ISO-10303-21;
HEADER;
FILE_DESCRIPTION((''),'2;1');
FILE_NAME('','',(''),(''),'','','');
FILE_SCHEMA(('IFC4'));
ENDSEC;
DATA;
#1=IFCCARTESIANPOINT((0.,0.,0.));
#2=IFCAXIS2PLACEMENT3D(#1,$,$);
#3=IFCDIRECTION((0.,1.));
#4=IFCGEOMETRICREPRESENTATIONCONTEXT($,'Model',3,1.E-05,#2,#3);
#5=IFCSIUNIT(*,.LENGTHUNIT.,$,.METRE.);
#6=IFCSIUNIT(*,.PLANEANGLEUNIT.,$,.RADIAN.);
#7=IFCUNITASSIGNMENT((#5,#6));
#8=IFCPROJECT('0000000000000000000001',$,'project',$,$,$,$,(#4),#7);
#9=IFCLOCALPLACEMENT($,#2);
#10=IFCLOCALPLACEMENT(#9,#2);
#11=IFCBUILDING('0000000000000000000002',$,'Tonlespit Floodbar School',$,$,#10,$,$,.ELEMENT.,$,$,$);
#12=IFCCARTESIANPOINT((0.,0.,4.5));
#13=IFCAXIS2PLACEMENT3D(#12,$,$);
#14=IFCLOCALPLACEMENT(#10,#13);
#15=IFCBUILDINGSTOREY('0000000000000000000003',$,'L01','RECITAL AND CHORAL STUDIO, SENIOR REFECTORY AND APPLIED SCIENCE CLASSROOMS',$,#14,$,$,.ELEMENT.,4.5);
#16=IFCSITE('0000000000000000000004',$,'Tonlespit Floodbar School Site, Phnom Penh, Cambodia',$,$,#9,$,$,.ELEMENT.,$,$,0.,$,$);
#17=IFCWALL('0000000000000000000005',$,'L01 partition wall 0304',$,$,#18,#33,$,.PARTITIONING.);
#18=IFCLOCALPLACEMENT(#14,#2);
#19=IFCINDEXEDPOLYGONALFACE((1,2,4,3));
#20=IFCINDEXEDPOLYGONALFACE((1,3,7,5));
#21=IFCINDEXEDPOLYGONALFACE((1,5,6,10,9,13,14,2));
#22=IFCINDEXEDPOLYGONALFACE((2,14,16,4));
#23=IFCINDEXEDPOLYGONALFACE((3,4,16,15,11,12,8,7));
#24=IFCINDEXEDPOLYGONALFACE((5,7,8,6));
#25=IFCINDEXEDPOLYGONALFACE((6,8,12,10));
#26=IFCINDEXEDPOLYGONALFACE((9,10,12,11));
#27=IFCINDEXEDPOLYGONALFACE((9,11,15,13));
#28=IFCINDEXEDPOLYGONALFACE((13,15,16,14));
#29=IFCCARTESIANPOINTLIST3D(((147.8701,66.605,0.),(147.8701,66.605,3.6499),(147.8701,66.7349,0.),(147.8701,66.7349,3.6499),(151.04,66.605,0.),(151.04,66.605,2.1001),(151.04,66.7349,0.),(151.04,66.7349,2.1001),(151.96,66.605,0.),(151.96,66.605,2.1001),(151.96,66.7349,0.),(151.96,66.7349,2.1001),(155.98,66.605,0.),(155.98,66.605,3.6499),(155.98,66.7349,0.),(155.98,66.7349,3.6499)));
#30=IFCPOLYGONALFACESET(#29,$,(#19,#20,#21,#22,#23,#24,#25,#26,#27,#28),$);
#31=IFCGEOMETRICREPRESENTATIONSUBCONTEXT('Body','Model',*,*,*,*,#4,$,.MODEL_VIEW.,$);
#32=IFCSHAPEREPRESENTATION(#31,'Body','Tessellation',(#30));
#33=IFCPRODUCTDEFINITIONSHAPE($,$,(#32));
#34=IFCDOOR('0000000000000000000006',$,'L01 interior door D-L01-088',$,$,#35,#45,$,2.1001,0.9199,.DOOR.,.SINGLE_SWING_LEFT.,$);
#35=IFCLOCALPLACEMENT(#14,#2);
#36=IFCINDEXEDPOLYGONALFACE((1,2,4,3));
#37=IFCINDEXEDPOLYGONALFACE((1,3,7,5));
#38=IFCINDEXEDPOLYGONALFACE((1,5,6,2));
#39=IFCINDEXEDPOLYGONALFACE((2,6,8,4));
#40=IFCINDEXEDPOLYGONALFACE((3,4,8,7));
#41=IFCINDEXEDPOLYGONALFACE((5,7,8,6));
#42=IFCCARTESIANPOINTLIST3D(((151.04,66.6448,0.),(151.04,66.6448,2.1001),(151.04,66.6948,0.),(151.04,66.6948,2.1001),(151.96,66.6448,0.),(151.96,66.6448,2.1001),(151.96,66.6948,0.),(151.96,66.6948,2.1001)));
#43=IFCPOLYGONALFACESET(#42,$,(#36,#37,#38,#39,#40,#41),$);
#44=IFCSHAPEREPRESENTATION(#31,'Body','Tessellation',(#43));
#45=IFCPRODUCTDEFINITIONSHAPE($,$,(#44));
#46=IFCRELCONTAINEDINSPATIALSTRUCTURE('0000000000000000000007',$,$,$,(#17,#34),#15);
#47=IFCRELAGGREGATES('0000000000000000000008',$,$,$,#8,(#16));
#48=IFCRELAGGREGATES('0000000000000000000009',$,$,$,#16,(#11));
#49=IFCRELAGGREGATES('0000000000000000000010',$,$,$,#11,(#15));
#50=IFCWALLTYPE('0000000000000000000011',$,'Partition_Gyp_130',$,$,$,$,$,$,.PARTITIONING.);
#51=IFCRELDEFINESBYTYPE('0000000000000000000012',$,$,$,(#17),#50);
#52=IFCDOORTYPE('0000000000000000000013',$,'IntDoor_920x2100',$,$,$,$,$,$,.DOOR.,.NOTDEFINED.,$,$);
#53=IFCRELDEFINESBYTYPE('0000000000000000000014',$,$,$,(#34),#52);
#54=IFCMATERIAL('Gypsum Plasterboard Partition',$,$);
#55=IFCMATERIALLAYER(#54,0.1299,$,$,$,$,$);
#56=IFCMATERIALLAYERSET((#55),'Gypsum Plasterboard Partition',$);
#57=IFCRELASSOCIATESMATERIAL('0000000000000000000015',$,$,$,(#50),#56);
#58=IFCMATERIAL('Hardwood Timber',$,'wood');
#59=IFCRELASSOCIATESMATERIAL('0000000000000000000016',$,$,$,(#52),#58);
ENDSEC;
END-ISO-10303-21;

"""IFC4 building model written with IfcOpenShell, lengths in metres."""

from ifc_helpers import new_model, si_unit, direction, frame, frame_2d, origin, place, context, subcontext, project, spatial, rectangle, extrude, material, layer, layer_set, type_object, element, fill, save


model = new_model("IFC4")

# Units and contexts
model_context = context("Model", 3, precision=1e-05, world=origin(), true_north=direction((0.0, 1.0)))
body_context = subcontext(model_context, "Body", "Model", "MODEL_VIEW")
ifc_project = project(units=[si_unit("LENGTHUNIT", "METRE"), si_unit("PLANEANGLEUNIT", "RADIAN")], contexts=[model_context])

# Site, building, storey
site_placement = place(None, origin())
site = spatial("IfcSite", under=ifc_project, at=site_placement, Name="Tonlespit Floodbar School Site, Phnom Penh, Cambodia", CompositionType="ELEMENT", RefElevation=0.0)
building_placement = place(site_placement, origin())
building = spatial("IfcBuilding", under=site, at=building_placement, Name="Tonlespit Floodbar School", CompositionType="ELEMENT")
storey_placement = place(building_placement, frame((0.0, 0.0, 4.5)))
storey = spatial("IfcBuildingStorey", under=building, at=storey_placement, Name="L01", Description="RECITAL AND CHORAL STUDIO, SENIOR REFECTORY AND APPLIED SCIENCE CLASSROOMS", CompositionType="ELEMENT", Elevation=4.5)

# Shared definitions
ifc_material_1 = material(Name="Gypsum Plasterboard Partition")

# Shared definitions
ifc_material_2 = material(Name="Hardwood Timber", Category="wood")

# Wall, opening, door
ifc_layer_1 = layer(ifc_material_1, 0.1299)
ifc_layer_set_1 = layer_set([ifc_layer_1], Name="Gypsum Plasterboard Partition")
wall_type_1 = type_object("IfcWallType", Name="Partition_Gyp_130", PredefinedType="PARTITIONING", material=ifc_layer_set_1)
wall_1_placement = place(storey_placement, frame((147.8701, 66.6699, 0.0), z_axis=(0.0, 0.0, 1.0), x_axis=(1.0, 0.0, 0.0)))
wall_1 = element("IfcWall", 1, at=wall_1_placement, inside=storey, type_object=wall_type_1, Name="L01 partition wall 0304", PredefinedType="PARTITIONING", context=body_context, shape_type="SweptSolid", body=[
    extrude(rectangle(XDim=8.1099, YDim=0.1299, at=frame_2d((4.0549, 0.0))), origin(), (0.0, 0.0, 1.0), 3.6499),
])
opening_1_placement = place(wall_1_placement, frame((3.1699, 0.0, 0.0)))
opening_1 = element("IfcOpeningElement", 2, at=opening_1_placement, cuts=wall_1, PredefinedType="OPENING", context=body_context, shape_type="SweptSolid", body=[
    extrude(rectangle(XDim=0.9199, YDim=2.1001, at=frame_2d((0.46, 1.05))), frame((0.0, 0.075, 0.0), z_axis=(0.0, -1.0, 0.0), x_axis=(1.0, 0.0, 0.0)), (0.0, 0.0, 1.0), 0.1499),
])
door_type_1 = type_object("IfcDoorType", Name="IntDoor_920x2100", OperationType="NOTDEFINED", PredefinedType="DOOR", material=ifc_material_2)
door_1_placement = place(opening_1_placement, origin())
door_1 = element("IfcDoor", 3, at=door_1_placement, inside=storey, type_object=door_type_1, Name="L01 interior door D-L01-088", OperationType="SINGLE_SWING_LEFT", OverallHeight=2.1001, OverallWidth=0.9199, PredefinedType="DOOR", context=body_context, shape_type="SweptSolid", body=[
    extrude(rectangle(XDim=0.9199, YDim=2.1001, at=frame_2d((0.46, 1.05))), frame((0.0, 0.0249, 0.0), z_axis=(0.0, -1.0, 0.0), x_axis=(1.0, 0.0, 0.0)), (0.0, 0.0, 1.0), 0.05),
])
fill(opening_1, door_1)

save(model, "model.ifc")
